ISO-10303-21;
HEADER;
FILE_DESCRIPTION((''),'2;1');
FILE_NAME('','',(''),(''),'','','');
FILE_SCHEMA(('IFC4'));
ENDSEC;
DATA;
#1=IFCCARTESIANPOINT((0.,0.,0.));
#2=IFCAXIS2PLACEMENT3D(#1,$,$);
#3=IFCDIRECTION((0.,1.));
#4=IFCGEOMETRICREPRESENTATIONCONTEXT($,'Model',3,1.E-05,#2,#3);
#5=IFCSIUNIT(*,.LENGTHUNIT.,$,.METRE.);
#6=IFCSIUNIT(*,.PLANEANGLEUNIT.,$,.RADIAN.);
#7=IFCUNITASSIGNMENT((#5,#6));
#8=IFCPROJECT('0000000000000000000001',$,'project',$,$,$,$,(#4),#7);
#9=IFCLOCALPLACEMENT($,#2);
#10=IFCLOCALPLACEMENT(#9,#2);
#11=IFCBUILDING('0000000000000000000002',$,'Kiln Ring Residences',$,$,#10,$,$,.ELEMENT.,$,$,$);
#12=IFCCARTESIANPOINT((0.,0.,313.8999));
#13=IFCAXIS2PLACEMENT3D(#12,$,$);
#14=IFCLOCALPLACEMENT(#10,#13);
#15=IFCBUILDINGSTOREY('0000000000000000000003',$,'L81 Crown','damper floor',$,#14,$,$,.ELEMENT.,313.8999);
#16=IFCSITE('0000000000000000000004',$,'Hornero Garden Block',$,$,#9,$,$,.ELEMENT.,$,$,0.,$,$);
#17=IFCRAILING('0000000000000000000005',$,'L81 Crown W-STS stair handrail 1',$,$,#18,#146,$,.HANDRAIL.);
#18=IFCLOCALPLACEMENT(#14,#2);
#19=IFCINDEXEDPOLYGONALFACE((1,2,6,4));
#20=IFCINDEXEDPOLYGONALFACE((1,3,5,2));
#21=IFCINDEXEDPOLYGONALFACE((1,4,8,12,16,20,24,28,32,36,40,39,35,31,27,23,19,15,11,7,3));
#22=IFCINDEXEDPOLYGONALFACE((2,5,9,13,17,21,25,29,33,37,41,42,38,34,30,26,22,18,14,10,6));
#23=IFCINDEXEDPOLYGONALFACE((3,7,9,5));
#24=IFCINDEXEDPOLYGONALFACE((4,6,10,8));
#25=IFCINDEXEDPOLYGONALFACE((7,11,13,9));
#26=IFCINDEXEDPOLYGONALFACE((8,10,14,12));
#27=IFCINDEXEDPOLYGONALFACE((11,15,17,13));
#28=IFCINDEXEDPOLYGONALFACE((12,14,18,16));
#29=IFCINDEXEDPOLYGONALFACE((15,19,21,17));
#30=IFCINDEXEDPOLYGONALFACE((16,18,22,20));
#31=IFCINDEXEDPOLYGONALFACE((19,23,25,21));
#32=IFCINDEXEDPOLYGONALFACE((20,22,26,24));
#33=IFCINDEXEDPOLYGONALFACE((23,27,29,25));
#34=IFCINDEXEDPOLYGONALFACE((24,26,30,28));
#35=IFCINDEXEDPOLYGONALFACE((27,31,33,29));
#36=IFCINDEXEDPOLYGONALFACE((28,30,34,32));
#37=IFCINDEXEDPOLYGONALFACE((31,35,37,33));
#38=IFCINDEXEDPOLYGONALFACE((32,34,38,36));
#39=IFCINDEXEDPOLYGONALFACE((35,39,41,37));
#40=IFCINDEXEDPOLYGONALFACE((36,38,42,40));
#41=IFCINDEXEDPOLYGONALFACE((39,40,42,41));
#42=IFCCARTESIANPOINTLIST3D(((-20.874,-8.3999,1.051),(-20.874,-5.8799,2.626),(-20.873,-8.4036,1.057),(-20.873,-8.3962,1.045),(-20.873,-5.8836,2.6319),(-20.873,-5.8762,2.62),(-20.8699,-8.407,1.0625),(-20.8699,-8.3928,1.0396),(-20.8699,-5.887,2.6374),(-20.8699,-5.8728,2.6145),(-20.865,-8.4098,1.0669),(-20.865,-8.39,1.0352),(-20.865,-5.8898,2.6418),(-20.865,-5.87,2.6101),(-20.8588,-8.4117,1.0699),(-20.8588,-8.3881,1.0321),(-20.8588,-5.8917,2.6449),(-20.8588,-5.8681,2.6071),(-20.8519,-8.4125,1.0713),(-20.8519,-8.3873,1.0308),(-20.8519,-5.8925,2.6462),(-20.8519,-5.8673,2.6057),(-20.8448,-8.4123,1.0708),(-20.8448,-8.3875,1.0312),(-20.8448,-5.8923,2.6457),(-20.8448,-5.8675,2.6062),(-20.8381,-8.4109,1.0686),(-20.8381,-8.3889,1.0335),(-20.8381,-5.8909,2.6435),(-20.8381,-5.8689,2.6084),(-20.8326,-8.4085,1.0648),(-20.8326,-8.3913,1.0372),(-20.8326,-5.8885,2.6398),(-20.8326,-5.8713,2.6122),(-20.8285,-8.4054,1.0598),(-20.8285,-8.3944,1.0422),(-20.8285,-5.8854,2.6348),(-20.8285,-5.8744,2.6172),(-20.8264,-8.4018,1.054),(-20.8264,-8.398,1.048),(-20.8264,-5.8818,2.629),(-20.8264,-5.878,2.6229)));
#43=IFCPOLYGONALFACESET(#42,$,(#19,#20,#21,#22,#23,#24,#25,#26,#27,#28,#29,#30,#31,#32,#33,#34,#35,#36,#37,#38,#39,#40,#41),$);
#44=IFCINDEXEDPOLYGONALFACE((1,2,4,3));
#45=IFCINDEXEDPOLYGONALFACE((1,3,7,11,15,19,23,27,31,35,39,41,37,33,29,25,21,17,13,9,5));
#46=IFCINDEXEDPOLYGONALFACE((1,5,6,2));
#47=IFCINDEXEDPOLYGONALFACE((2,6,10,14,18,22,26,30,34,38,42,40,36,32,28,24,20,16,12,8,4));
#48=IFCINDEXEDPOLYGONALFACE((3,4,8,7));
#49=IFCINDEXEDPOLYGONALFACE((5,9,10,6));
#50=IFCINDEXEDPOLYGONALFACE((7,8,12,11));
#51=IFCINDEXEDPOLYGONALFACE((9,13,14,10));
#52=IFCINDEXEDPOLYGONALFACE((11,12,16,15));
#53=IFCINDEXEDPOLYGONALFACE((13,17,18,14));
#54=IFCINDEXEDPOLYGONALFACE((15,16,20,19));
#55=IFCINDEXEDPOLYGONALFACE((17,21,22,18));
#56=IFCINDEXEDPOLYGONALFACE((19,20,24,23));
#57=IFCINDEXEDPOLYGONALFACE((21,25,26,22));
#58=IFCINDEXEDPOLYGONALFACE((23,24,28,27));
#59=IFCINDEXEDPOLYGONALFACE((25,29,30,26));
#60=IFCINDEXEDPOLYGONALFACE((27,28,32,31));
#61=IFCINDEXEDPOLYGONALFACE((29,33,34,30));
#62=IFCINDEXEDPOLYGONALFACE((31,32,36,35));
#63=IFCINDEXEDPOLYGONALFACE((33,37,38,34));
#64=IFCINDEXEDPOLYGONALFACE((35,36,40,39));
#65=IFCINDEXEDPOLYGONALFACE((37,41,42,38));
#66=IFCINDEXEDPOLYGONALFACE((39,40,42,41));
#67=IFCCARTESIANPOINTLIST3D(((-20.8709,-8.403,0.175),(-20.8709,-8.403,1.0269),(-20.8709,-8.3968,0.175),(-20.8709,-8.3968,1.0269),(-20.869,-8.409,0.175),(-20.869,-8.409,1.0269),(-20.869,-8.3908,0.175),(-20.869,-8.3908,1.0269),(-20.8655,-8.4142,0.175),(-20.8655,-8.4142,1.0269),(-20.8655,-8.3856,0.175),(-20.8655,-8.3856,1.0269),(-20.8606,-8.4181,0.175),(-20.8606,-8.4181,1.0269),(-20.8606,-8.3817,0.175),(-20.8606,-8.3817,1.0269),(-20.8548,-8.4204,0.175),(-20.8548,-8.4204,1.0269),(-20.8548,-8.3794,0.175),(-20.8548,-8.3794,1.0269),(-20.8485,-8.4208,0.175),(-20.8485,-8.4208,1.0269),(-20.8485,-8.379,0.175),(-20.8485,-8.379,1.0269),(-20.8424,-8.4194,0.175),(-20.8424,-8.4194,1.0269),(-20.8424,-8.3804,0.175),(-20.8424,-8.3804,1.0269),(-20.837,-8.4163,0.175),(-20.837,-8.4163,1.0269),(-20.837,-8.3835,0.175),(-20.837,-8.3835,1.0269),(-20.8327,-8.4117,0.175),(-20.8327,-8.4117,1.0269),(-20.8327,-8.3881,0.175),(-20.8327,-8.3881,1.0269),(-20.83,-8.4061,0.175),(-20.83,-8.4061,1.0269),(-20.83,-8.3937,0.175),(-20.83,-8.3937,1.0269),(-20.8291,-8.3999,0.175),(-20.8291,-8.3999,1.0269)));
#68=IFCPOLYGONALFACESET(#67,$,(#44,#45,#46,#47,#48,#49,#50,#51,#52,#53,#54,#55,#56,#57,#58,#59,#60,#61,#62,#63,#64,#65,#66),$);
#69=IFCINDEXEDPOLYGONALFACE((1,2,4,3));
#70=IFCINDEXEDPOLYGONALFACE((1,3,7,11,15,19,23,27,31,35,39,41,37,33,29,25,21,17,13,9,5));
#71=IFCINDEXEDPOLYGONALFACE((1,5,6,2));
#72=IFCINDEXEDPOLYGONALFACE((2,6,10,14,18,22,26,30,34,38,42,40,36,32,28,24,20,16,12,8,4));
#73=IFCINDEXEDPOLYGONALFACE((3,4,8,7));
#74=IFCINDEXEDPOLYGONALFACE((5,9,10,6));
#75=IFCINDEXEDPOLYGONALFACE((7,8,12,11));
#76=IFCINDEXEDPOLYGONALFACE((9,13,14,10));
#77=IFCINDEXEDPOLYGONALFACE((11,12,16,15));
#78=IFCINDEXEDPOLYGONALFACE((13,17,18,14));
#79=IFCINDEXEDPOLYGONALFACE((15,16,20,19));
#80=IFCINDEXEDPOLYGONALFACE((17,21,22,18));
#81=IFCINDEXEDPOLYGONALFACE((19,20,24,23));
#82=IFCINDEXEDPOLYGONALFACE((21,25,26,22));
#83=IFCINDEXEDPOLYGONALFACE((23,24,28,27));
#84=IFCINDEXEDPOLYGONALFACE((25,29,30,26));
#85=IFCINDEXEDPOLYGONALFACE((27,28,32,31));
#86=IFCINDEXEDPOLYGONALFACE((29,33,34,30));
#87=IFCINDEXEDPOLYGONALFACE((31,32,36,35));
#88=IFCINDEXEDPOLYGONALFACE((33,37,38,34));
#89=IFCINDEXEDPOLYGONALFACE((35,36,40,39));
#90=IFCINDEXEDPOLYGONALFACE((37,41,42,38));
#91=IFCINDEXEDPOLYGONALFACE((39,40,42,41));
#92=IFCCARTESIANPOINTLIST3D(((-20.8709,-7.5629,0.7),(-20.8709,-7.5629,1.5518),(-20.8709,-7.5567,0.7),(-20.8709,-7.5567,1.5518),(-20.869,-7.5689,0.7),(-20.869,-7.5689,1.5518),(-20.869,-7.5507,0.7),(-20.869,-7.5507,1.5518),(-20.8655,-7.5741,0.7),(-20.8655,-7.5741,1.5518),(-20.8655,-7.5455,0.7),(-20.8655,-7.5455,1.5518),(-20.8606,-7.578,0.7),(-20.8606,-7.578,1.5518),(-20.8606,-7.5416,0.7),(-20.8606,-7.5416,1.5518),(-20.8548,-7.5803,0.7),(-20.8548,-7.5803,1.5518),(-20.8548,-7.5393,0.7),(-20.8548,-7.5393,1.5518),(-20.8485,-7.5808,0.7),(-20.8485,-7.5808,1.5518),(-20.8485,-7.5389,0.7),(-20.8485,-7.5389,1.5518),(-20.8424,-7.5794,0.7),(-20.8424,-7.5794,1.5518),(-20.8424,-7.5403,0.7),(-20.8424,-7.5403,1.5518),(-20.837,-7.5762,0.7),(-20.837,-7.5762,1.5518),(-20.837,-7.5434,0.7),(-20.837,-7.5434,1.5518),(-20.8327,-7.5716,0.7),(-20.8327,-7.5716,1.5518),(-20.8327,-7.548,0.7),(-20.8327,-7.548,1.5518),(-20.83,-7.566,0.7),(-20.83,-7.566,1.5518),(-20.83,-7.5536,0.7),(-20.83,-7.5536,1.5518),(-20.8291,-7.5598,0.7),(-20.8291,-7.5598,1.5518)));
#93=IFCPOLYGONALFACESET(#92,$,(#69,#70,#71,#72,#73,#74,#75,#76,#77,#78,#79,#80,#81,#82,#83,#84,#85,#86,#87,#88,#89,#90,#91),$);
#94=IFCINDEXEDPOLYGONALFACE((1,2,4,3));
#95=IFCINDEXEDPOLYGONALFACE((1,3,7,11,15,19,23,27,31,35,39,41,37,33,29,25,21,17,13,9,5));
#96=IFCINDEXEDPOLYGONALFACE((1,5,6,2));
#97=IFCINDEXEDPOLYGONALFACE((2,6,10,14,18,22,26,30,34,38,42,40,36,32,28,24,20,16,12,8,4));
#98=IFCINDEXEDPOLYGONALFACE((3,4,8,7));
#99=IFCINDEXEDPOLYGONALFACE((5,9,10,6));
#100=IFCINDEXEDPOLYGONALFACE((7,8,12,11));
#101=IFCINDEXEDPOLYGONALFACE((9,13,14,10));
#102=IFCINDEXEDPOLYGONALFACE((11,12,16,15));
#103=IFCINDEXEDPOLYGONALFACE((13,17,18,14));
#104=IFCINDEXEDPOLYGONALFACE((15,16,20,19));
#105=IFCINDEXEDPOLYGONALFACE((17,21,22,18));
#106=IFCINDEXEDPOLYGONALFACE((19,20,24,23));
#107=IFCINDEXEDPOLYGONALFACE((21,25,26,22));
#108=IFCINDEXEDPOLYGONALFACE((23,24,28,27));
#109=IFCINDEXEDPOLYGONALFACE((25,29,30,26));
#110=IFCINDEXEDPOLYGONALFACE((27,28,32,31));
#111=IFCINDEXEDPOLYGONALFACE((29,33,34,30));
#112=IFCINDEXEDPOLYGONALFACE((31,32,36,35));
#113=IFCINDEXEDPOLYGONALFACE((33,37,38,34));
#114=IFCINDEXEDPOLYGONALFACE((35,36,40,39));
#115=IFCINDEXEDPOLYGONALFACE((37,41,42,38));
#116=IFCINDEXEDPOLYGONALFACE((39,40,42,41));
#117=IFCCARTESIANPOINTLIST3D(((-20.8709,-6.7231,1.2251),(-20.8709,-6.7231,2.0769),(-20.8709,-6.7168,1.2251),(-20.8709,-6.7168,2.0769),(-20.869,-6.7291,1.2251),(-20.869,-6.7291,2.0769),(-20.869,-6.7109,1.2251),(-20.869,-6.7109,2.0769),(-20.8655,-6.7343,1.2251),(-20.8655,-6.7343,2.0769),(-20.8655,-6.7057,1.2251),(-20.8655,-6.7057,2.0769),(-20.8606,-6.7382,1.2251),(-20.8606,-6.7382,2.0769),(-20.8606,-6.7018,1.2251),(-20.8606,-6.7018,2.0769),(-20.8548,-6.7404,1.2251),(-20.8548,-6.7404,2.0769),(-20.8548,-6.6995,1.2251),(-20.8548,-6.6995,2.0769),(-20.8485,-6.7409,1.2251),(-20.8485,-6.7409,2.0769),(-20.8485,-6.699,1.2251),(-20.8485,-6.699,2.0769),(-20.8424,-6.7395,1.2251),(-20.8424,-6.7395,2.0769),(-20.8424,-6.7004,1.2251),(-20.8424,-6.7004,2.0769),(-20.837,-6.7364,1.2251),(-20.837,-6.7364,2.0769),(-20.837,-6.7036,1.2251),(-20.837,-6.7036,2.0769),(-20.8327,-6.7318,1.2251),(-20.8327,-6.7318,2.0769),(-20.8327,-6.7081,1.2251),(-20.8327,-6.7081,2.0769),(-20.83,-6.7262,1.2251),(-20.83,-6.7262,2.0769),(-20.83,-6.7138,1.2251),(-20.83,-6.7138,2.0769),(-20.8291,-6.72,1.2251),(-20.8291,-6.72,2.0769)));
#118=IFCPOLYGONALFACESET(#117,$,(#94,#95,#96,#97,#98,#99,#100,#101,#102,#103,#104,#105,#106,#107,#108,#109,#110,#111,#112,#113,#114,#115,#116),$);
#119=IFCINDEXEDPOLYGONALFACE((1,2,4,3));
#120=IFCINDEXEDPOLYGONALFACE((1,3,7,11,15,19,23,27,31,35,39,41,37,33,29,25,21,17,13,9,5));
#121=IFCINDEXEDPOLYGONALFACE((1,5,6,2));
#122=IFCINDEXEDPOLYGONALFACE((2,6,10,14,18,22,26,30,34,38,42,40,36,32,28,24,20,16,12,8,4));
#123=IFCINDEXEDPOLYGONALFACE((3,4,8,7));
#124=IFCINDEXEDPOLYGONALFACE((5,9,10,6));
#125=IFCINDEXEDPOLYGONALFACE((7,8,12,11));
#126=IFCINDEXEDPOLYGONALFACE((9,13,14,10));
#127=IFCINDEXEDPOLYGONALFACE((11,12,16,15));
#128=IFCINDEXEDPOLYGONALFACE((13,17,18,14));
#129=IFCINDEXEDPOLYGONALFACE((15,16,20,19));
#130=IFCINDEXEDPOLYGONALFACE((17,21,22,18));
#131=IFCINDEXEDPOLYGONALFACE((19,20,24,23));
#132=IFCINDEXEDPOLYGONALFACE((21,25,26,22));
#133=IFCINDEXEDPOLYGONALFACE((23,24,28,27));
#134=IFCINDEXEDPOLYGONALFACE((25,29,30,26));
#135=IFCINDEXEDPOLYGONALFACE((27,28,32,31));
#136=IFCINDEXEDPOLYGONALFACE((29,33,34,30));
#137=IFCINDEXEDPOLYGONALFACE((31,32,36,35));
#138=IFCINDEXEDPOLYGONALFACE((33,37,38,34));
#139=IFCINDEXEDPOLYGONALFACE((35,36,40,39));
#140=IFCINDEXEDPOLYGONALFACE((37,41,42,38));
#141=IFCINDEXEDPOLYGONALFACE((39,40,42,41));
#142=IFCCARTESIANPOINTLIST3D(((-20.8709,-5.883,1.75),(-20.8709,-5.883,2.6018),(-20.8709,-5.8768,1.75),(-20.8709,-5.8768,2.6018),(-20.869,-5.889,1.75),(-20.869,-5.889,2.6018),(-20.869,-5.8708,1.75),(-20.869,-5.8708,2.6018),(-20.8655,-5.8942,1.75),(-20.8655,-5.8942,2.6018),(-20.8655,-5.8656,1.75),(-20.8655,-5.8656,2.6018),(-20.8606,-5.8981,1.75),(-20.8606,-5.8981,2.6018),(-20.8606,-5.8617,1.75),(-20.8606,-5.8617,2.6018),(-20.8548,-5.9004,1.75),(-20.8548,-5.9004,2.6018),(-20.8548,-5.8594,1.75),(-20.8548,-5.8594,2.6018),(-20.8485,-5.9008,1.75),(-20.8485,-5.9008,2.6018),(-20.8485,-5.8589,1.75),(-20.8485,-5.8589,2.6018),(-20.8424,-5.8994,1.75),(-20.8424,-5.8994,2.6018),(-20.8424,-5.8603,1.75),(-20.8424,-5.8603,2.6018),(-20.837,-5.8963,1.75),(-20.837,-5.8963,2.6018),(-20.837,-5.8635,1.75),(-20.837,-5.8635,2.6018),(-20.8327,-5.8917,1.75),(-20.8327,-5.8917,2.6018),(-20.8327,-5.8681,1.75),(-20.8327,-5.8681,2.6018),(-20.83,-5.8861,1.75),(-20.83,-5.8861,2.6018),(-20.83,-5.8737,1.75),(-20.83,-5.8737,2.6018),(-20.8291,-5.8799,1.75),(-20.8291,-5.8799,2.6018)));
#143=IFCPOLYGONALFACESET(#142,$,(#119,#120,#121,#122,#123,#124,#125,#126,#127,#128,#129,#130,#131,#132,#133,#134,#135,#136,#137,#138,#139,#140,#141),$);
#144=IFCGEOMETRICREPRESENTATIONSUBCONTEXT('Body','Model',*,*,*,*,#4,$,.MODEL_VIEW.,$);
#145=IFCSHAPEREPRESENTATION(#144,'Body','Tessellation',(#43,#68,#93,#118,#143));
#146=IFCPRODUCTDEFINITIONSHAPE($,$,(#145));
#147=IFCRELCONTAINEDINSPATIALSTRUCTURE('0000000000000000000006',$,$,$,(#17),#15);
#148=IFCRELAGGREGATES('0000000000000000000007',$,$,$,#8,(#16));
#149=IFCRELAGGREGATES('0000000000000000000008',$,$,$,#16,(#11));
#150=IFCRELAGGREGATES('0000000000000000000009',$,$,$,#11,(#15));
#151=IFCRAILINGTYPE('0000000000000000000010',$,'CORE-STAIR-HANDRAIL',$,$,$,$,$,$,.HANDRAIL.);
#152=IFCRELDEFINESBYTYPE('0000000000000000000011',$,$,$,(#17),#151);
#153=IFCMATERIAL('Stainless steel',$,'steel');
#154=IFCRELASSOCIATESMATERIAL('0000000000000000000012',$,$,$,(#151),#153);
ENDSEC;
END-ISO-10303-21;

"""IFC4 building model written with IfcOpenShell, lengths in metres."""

from ifc_helpers import new_model, si_unit, direction, frame, origin, origin_2d, place, context, subcontext, project, spatial, circle, extrude, material, type_object, element, save


model = new_model("IFC4")

# Units and contexts
model_context = context("Model", 3, precision=1e-05, world=origin(), true_north=direction((0.0, 1.0)))
body_context = subcontext(model_context, "Body", "Model", "MODEL_VIEW")
ifc_project = project(units=[si_unit("LENGTHUNIT", "METRE"), si_unit("PLANEANGLEUNIT", "RADIAN")], contexts=[model_context])

# Site, building, storey
site_placement = place(None, origin())
site = spatial("IfcSite", under=ifc_project, at=site_placement, Name="Hornero Garden Block", CompositionType="ELEMENT", RefElevation=0.0)
building_placement = place(site_placement, origin())
building = spatial("IfcBuilding", under=site, at=building_placement, Name="Kiln Ring Residences", CompositionType="ELEMENT")
storey_placement = place(building_placement, frame((0.0, 0.0, 313.8999)))
storey = spatial("IfcBuildingStorey", under=building, at=storey_placement, Name="L81 Crown", Description="damper floor", CompositionType="ELEMENT", Elevation=313.8999)

# Railing
ifc_material_1 = material(Name="Stainless steel", Category="steel")
railing_type_1 = type_object("IfcRailingType", Name="CORE-STAIR-HANDRAIL", PredefinedType="HANDRAIL", material=ifc_material_1)
railing_1_placement = place(storey_placement, frame((-20.8501, -8.3999, 0.175)))
element("IfcRailing", 1, at=railing_1_placement, inside=storey, type_object=railing_type_1, Name="L81 Crown W-STS stair handrail 1", PredefinedType="HANDRAIL", context=body_context, shape_type="SweptSolid", body=[
    extrude(circle(Radius=0.0239, at=origin_2d()), frame((0.0, 0.0, 0.876), z_axis=(0.0, 0.848008, 0.529984), x_axis=(-1.0, 0.0, 0.0)), (0.0, 0.0, 1.0), 2.9717),
    extrude(circle(Radius=0.021, at=origin_2d()), origin(), (0.0, 0.0, 1.0), 0.8518),
    extrude(circle(Radius=0.021, at=origin_2d()), frame((0.0, 0.8401, 0.5249)), (0.0, 0.0, 1.0), 0.8518),
    extrude(circle(Radius=0.021, at=origin_2d()), frame((0.0, 1.6799, 1.05)), (0.0, 0.0, 1.0), 0.8518),
    extrude(circle(Radius=0.021, at=origin_2d()), frame((0.0, 2.52, 1.575)), (0.0, 0.0, 1.0), 0.8518),
])

save(model, "model.ifc")
